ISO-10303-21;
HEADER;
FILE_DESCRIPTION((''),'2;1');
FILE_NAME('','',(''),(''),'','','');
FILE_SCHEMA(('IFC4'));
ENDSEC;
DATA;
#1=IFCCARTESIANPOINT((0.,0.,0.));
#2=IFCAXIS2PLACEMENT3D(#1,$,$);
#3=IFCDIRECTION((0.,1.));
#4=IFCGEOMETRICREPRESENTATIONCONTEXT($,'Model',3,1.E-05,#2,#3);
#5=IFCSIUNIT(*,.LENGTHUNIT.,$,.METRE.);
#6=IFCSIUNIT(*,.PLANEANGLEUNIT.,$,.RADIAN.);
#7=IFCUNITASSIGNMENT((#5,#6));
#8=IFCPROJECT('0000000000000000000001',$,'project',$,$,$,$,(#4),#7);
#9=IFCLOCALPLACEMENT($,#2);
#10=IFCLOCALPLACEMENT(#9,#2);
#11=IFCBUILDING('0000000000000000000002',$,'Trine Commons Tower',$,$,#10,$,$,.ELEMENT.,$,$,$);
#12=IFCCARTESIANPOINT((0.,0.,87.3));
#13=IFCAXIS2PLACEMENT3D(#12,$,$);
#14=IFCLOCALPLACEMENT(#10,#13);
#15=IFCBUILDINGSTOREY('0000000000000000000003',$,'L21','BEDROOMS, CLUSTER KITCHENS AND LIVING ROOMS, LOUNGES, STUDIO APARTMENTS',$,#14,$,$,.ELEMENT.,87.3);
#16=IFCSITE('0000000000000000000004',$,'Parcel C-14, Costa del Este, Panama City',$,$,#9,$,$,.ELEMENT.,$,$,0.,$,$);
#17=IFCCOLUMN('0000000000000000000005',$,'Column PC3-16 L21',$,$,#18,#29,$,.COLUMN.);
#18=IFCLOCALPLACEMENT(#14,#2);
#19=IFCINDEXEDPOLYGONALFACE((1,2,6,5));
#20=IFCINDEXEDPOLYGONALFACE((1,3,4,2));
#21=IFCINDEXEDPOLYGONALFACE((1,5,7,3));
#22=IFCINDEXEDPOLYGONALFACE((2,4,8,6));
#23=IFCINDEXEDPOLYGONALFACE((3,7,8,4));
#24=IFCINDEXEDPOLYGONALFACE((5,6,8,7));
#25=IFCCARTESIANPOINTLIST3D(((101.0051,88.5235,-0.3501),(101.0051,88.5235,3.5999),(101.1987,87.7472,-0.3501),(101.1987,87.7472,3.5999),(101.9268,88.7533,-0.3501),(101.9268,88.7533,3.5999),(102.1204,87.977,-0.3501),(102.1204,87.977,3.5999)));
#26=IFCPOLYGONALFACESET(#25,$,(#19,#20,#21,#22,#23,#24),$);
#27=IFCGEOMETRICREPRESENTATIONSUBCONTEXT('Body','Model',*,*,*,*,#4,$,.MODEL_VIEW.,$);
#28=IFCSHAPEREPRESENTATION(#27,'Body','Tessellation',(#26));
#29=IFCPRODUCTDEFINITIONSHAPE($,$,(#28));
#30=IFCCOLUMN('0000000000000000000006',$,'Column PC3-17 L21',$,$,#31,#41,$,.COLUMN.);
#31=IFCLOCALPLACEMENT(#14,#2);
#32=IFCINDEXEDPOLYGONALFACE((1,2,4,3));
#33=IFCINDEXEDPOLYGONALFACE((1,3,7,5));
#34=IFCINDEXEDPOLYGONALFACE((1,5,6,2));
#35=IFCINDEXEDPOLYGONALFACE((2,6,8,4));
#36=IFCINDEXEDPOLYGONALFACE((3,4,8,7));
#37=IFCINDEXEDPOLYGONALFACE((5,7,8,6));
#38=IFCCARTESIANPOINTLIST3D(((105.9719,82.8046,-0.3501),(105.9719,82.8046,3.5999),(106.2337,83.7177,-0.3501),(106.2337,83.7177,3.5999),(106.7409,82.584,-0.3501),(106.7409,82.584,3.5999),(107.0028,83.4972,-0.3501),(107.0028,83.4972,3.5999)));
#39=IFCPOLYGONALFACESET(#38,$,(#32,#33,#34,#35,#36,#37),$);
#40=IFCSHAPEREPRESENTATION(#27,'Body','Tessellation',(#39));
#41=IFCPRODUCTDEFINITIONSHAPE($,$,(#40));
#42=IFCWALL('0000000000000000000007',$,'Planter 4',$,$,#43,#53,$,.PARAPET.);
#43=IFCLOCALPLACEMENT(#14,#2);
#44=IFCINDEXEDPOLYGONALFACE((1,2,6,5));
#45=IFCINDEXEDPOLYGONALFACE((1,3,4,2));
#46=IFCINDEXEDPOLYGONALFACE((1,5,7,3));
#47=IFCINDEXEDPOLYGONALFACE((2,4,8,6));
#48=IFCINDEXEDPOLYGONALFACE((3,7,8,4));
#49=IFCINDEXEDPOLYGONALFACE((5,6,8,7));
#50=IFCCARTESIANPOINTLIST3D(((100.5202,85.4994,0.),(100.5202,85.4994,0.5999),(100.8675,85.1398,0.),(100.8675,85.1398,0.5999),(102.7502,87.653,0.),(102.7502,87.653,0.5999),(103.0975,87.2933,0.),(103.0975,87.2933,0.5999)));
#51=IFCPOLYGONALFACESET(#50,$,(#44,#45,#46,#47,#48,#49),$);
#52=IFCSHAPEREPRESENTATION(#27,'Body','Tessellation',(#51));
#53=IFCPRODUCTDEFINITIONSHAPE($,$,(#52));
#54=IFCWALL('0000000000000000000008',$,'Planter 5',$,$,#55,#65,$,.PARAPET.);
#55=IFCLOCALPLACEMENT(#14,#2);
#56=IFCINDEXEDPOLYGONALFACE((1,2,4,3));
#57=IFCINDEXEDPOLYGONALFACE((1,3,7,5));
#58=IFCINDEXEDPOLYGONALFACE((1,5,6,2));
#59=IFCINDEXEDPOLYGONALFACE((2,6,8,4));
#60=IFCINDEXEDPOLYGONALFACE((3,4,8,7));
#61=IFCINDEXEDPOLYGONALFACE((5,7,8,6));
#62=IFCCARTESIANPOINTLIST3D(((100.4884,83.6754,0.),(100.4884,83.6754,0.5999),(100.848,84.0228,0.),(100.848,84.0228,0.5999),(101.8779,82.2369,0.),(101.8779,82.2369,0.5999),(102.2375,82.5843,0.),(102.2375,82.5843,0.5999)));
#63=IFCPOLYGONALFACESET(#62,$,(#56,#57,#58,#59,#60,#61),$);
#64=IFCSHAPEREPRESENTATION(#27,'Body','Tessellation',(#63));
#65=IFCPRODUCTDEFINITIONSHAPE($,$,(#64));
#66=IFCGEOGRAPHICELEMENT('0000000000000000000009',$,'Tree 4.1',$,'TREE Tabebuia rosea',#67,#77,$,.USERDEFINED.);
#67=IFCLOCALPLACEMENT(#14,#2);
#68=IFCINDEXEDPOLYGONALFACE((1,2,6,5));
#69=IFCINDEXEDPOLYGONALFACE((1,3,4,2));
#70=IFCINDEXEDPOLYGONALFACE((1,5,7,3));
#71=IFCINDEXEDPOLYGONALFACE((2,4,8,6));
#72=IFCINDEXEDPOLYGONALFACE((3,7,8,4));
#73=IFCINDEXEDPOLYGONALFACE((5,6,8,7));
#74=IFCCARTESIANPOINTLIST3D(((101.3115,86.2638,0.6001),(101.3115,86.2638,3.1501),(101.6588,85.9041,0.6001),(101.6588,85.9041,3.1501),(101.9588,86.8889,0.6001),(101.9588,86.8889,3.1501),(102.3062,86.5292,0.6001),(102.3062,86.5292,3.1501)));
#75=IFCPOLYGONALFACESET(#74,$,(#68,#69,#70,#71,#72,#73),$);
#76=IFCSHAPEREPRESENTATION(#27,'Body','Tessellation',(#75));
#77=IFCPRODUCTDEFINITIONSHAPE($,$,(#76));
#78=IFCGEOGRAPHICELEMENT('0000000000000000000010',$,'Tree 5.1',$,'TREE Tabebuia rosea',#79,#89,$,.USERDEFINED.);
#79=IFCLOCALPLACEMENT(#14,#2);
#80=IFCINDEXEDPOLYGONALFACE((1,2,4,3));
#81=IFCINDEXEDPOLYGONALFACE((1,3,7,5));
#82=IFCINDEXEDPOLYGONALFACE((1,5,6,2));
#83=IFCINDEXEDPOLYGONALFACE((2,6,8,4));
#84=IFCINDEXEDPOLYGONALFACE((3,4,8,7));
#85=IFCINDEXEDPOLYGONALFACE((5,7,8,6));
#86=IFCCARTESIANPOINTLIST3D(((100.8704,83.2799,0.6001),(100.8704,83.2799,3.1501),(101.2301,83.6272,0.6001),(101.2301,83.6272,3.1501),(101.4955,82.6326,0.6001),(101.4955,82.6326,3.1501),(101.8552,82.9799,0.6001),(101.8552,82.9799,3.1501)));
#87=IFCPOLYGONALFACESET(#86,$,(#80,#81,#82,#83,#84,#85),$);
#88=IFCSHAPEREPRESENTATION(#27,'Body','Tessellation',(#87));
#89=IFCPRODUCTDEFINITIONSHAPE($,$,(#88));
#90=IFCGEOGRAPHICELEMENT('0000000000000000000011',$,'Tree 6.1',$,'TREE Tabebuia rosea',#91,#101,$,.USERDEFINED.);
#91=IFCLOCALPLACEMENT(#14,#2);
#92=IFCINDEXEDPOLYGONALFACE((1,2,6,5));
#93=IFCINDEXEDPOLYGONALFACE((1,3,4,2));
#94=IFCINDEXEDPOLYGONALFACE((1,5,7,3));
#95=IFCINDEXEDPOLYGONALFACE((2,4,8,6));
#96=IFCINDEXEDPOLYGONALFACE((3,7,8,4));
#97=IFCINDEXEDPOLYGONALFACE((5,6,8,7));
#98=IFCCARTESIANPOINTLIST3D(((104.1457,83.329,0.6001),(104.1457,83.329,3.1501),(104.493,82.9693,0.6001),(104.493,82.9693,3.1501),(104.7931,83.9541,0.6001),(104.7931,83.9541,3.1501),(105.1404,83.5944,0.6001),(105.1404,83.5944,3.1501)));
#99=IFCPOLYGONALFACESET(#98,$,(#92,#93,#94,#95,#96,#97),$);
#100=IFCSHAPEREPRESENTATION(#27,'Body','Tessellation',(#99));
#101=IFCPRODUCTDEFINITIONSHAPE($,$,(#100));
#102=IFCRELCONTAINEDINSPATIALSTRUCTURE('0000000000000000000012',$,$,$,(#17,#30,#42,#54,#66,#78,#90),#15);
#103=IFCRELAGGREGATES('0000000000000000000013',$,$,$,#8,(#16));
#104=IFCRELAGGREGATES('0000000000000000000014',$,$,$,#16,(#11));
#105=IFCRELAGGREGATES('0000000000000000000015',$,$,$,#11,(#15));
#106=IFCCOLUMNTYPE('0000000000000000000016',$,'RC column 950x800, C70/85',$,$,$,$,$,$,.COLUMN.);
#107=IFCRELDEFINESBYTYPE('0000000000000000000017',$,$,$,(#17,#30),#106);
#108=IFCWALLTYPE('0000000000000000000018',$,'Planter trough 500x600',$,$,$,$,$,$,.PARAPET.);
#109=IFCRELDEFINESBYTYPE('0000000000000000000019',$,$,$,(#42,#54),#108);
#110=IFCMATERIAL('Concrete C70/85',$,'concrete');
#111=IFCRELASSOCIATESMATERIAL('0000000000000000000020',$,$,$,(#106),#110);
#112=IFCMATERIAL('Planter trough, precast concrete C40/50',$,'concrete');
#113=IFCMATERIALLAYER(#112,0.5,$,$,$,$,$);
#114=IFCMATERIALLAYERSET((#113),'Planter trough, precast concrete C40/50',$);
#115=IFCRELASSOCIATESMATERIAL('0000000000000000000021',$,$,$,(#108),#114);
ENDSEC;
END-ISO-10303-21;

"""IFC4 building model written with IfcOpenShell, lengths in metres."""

from ifc_helpers import new_model, si_unit, direction, frame, frame_2d, origin, origin_2d, place, context, subcontext, project, spatial, rectangle, extrude, material, layer, layer_set, material_profile, profile_set, type_object, element, save


model = new_model("IFC4")

# Units and contexts
model_context = context("Model", 3, precision=1e-05, world=origin(), true_north=direction((0.0, 1.0)))
body_context = subcontext(model_context, "Body", "Model", "MODEL_VIEW")
ifc_project = project(units=[si_unit("LENGTHUNIT", "METRE"), si_unit("PLANEANGLEUNIT", "RADIAN")], contexts=[model_context])

# Site, building, storey
site_placement = place(None, origin())
site = spatial("IfcSite", under=ifc_project, at=site_placement, Name="Parcel C-14, Costa del Este, Panama City", CompositionType="ELEMENT", RefElevation=0.0)
building_placement = place(site_placement, origin())
building = spatial("IfcBuilding", under=site, at=building_placement, Name="Trine Commons Tower", CompositionType="ELEMENT")
storey_placement = place(building_placement, frame((0.0, 0.0, 87.3)))
storey = spatial("IfcBuildingStorey", under=building, at=storey_placement, Name="L21", Description="BEDROOMS, CLUSTER KITCHENS AND LIVING ROOMS, LOUNGES, STUDIO APARTMENTS", CompositionType="ELEMENT", Elevation=87.3)

# Columns
ifc_material_1 = material(Name="Concrete C70/85", Category="concrete")
ifc_material_profile = material_profile(ifc_material_1, rectangle(XDim=0.95, YDim=0.8, at=origin_2d()), Name="RC 950x800")
ifc_profile_set = profile_set([ifc_material_profile], Name="Concrete C70/85")
column_type = type_object("IfcColumnType", Name="RC column 950x800, C70/85", PredefinedType="COLUMN", material=ifc_profile_set)
for number, where, z_axis, x_axis, name in (
    (1, (101.5627, 88.2502, -0.3501), (0.0, 0.0, 1.0), (0.970296, 0.241922, 0.0), "Column PC3-16 L21"),
    (2, (106.4873, 83.1509, -0.3501), (0.0, 0.0, 1.0), (0.275637, 0.961262, 0.0), "Column PC3-17 L21"),
):
    element("IfcColumn", number, at=place(storey_placement, frame(where, z_axis=z_axis, x_axis=x_axis)), inside=storey, type_object=column_type, Name=name, PredefinedType="COLUMN", context=body_context, shape_type="SweptSolid", body=[
        extrude(rectangle(XDim=0.95, YDim=0.8, at=origin_2d()), origin(), (0.0, 0.0, 1.0), 3.95),
    ])

# Walls
ifc_material_2 = material(Name="Planter trough, precast concrete C40/50", Category="concrete")
ifc_layer = layer(ifc_material_2, 0.5)
ifc_layer_set = layer_set([ifc_layer], Name="Planter trough, precast concrete C40/50")
wall_type = type_object("IfcWallType", Name="Planter trough 500x600", PredefinedType="PARAPET", material=ifc_layer_set)
wall_1_placement = place(storey_placement, frame((102.9238, 87.4731, 0.0), z_axis=(0.0, 0.0, 1.0), x_axis=(-0.719324, -0.694675, 0.0)))
element("IfcWall", 3, at=wall_1_placement, inside=storey, type_object=wall_type, Name="Planter 4", PredefinedType="PARAPET", context=body_context, shape_type="SweptSolid", body=[
    extrude(rectangle(XDim=3.1001, YDim=0.5, at=frame_2d((1.55, 0.0))), origin(), (0.0, 0.0, 1.0), 0.5999),
])
wall_2_placement = place(storey_placement, frame((100.6682, 83.8491, 0.0), z_axis=(0.0, 0.0, 1.0), x_axis=(0.694732, -0.719269, 0.0)))
element("IfcWall", 4, at=wall_2_placement, inside=storey, type_object=wall_type, Name="Planter 5", PredefinedType="PARAPET", context=body_context, shape_type="SweptSolid", body=[
    extrude(rectangle(XDim=2.0, YDim=0.5, at=frame_2d((1.0, 0.0))), origin(), (0.0, 0.0, 1.0), 0.5999),
])

# Geographic elements
for number, where, z_axis, x_axis, name in (
    (5, (101.8088, 86.3965, 0.6001), (0.0, 0.0, 1.0), (-0.719333, -0.694666, 0.0), "Tree 4.1"),
    (6, (101.3628, 83.1299, 0.6001), (0.0, 0.0, 1.0), (0.694658, -0.71934, 0.0), "Tree 5.1"),
    (7, (104.6431, 83.4617, 0.6001), (0.0, 0.0, 1.0), (0.719363, 0.694635, 0.0), "Tree 6.1"),
):
    element("IfcGeographicElement", number, at=place(storey_placement, frame(where, z_axis=z_axis, x_axis=x_axis)), inside=storey, Name=name, ObjectType="TREE Tabebuia rosea", PredefinedType="USERDEFINED", context=body_context, shape_type="SweptSolid", body=[
        extrude(rectangle(XDim=0.8999, YDim=0.5, at=origin_2d()), origin(), (0.0, 0.0, 1.0), 2.55),
    ])

save(model, "model.ifc")
